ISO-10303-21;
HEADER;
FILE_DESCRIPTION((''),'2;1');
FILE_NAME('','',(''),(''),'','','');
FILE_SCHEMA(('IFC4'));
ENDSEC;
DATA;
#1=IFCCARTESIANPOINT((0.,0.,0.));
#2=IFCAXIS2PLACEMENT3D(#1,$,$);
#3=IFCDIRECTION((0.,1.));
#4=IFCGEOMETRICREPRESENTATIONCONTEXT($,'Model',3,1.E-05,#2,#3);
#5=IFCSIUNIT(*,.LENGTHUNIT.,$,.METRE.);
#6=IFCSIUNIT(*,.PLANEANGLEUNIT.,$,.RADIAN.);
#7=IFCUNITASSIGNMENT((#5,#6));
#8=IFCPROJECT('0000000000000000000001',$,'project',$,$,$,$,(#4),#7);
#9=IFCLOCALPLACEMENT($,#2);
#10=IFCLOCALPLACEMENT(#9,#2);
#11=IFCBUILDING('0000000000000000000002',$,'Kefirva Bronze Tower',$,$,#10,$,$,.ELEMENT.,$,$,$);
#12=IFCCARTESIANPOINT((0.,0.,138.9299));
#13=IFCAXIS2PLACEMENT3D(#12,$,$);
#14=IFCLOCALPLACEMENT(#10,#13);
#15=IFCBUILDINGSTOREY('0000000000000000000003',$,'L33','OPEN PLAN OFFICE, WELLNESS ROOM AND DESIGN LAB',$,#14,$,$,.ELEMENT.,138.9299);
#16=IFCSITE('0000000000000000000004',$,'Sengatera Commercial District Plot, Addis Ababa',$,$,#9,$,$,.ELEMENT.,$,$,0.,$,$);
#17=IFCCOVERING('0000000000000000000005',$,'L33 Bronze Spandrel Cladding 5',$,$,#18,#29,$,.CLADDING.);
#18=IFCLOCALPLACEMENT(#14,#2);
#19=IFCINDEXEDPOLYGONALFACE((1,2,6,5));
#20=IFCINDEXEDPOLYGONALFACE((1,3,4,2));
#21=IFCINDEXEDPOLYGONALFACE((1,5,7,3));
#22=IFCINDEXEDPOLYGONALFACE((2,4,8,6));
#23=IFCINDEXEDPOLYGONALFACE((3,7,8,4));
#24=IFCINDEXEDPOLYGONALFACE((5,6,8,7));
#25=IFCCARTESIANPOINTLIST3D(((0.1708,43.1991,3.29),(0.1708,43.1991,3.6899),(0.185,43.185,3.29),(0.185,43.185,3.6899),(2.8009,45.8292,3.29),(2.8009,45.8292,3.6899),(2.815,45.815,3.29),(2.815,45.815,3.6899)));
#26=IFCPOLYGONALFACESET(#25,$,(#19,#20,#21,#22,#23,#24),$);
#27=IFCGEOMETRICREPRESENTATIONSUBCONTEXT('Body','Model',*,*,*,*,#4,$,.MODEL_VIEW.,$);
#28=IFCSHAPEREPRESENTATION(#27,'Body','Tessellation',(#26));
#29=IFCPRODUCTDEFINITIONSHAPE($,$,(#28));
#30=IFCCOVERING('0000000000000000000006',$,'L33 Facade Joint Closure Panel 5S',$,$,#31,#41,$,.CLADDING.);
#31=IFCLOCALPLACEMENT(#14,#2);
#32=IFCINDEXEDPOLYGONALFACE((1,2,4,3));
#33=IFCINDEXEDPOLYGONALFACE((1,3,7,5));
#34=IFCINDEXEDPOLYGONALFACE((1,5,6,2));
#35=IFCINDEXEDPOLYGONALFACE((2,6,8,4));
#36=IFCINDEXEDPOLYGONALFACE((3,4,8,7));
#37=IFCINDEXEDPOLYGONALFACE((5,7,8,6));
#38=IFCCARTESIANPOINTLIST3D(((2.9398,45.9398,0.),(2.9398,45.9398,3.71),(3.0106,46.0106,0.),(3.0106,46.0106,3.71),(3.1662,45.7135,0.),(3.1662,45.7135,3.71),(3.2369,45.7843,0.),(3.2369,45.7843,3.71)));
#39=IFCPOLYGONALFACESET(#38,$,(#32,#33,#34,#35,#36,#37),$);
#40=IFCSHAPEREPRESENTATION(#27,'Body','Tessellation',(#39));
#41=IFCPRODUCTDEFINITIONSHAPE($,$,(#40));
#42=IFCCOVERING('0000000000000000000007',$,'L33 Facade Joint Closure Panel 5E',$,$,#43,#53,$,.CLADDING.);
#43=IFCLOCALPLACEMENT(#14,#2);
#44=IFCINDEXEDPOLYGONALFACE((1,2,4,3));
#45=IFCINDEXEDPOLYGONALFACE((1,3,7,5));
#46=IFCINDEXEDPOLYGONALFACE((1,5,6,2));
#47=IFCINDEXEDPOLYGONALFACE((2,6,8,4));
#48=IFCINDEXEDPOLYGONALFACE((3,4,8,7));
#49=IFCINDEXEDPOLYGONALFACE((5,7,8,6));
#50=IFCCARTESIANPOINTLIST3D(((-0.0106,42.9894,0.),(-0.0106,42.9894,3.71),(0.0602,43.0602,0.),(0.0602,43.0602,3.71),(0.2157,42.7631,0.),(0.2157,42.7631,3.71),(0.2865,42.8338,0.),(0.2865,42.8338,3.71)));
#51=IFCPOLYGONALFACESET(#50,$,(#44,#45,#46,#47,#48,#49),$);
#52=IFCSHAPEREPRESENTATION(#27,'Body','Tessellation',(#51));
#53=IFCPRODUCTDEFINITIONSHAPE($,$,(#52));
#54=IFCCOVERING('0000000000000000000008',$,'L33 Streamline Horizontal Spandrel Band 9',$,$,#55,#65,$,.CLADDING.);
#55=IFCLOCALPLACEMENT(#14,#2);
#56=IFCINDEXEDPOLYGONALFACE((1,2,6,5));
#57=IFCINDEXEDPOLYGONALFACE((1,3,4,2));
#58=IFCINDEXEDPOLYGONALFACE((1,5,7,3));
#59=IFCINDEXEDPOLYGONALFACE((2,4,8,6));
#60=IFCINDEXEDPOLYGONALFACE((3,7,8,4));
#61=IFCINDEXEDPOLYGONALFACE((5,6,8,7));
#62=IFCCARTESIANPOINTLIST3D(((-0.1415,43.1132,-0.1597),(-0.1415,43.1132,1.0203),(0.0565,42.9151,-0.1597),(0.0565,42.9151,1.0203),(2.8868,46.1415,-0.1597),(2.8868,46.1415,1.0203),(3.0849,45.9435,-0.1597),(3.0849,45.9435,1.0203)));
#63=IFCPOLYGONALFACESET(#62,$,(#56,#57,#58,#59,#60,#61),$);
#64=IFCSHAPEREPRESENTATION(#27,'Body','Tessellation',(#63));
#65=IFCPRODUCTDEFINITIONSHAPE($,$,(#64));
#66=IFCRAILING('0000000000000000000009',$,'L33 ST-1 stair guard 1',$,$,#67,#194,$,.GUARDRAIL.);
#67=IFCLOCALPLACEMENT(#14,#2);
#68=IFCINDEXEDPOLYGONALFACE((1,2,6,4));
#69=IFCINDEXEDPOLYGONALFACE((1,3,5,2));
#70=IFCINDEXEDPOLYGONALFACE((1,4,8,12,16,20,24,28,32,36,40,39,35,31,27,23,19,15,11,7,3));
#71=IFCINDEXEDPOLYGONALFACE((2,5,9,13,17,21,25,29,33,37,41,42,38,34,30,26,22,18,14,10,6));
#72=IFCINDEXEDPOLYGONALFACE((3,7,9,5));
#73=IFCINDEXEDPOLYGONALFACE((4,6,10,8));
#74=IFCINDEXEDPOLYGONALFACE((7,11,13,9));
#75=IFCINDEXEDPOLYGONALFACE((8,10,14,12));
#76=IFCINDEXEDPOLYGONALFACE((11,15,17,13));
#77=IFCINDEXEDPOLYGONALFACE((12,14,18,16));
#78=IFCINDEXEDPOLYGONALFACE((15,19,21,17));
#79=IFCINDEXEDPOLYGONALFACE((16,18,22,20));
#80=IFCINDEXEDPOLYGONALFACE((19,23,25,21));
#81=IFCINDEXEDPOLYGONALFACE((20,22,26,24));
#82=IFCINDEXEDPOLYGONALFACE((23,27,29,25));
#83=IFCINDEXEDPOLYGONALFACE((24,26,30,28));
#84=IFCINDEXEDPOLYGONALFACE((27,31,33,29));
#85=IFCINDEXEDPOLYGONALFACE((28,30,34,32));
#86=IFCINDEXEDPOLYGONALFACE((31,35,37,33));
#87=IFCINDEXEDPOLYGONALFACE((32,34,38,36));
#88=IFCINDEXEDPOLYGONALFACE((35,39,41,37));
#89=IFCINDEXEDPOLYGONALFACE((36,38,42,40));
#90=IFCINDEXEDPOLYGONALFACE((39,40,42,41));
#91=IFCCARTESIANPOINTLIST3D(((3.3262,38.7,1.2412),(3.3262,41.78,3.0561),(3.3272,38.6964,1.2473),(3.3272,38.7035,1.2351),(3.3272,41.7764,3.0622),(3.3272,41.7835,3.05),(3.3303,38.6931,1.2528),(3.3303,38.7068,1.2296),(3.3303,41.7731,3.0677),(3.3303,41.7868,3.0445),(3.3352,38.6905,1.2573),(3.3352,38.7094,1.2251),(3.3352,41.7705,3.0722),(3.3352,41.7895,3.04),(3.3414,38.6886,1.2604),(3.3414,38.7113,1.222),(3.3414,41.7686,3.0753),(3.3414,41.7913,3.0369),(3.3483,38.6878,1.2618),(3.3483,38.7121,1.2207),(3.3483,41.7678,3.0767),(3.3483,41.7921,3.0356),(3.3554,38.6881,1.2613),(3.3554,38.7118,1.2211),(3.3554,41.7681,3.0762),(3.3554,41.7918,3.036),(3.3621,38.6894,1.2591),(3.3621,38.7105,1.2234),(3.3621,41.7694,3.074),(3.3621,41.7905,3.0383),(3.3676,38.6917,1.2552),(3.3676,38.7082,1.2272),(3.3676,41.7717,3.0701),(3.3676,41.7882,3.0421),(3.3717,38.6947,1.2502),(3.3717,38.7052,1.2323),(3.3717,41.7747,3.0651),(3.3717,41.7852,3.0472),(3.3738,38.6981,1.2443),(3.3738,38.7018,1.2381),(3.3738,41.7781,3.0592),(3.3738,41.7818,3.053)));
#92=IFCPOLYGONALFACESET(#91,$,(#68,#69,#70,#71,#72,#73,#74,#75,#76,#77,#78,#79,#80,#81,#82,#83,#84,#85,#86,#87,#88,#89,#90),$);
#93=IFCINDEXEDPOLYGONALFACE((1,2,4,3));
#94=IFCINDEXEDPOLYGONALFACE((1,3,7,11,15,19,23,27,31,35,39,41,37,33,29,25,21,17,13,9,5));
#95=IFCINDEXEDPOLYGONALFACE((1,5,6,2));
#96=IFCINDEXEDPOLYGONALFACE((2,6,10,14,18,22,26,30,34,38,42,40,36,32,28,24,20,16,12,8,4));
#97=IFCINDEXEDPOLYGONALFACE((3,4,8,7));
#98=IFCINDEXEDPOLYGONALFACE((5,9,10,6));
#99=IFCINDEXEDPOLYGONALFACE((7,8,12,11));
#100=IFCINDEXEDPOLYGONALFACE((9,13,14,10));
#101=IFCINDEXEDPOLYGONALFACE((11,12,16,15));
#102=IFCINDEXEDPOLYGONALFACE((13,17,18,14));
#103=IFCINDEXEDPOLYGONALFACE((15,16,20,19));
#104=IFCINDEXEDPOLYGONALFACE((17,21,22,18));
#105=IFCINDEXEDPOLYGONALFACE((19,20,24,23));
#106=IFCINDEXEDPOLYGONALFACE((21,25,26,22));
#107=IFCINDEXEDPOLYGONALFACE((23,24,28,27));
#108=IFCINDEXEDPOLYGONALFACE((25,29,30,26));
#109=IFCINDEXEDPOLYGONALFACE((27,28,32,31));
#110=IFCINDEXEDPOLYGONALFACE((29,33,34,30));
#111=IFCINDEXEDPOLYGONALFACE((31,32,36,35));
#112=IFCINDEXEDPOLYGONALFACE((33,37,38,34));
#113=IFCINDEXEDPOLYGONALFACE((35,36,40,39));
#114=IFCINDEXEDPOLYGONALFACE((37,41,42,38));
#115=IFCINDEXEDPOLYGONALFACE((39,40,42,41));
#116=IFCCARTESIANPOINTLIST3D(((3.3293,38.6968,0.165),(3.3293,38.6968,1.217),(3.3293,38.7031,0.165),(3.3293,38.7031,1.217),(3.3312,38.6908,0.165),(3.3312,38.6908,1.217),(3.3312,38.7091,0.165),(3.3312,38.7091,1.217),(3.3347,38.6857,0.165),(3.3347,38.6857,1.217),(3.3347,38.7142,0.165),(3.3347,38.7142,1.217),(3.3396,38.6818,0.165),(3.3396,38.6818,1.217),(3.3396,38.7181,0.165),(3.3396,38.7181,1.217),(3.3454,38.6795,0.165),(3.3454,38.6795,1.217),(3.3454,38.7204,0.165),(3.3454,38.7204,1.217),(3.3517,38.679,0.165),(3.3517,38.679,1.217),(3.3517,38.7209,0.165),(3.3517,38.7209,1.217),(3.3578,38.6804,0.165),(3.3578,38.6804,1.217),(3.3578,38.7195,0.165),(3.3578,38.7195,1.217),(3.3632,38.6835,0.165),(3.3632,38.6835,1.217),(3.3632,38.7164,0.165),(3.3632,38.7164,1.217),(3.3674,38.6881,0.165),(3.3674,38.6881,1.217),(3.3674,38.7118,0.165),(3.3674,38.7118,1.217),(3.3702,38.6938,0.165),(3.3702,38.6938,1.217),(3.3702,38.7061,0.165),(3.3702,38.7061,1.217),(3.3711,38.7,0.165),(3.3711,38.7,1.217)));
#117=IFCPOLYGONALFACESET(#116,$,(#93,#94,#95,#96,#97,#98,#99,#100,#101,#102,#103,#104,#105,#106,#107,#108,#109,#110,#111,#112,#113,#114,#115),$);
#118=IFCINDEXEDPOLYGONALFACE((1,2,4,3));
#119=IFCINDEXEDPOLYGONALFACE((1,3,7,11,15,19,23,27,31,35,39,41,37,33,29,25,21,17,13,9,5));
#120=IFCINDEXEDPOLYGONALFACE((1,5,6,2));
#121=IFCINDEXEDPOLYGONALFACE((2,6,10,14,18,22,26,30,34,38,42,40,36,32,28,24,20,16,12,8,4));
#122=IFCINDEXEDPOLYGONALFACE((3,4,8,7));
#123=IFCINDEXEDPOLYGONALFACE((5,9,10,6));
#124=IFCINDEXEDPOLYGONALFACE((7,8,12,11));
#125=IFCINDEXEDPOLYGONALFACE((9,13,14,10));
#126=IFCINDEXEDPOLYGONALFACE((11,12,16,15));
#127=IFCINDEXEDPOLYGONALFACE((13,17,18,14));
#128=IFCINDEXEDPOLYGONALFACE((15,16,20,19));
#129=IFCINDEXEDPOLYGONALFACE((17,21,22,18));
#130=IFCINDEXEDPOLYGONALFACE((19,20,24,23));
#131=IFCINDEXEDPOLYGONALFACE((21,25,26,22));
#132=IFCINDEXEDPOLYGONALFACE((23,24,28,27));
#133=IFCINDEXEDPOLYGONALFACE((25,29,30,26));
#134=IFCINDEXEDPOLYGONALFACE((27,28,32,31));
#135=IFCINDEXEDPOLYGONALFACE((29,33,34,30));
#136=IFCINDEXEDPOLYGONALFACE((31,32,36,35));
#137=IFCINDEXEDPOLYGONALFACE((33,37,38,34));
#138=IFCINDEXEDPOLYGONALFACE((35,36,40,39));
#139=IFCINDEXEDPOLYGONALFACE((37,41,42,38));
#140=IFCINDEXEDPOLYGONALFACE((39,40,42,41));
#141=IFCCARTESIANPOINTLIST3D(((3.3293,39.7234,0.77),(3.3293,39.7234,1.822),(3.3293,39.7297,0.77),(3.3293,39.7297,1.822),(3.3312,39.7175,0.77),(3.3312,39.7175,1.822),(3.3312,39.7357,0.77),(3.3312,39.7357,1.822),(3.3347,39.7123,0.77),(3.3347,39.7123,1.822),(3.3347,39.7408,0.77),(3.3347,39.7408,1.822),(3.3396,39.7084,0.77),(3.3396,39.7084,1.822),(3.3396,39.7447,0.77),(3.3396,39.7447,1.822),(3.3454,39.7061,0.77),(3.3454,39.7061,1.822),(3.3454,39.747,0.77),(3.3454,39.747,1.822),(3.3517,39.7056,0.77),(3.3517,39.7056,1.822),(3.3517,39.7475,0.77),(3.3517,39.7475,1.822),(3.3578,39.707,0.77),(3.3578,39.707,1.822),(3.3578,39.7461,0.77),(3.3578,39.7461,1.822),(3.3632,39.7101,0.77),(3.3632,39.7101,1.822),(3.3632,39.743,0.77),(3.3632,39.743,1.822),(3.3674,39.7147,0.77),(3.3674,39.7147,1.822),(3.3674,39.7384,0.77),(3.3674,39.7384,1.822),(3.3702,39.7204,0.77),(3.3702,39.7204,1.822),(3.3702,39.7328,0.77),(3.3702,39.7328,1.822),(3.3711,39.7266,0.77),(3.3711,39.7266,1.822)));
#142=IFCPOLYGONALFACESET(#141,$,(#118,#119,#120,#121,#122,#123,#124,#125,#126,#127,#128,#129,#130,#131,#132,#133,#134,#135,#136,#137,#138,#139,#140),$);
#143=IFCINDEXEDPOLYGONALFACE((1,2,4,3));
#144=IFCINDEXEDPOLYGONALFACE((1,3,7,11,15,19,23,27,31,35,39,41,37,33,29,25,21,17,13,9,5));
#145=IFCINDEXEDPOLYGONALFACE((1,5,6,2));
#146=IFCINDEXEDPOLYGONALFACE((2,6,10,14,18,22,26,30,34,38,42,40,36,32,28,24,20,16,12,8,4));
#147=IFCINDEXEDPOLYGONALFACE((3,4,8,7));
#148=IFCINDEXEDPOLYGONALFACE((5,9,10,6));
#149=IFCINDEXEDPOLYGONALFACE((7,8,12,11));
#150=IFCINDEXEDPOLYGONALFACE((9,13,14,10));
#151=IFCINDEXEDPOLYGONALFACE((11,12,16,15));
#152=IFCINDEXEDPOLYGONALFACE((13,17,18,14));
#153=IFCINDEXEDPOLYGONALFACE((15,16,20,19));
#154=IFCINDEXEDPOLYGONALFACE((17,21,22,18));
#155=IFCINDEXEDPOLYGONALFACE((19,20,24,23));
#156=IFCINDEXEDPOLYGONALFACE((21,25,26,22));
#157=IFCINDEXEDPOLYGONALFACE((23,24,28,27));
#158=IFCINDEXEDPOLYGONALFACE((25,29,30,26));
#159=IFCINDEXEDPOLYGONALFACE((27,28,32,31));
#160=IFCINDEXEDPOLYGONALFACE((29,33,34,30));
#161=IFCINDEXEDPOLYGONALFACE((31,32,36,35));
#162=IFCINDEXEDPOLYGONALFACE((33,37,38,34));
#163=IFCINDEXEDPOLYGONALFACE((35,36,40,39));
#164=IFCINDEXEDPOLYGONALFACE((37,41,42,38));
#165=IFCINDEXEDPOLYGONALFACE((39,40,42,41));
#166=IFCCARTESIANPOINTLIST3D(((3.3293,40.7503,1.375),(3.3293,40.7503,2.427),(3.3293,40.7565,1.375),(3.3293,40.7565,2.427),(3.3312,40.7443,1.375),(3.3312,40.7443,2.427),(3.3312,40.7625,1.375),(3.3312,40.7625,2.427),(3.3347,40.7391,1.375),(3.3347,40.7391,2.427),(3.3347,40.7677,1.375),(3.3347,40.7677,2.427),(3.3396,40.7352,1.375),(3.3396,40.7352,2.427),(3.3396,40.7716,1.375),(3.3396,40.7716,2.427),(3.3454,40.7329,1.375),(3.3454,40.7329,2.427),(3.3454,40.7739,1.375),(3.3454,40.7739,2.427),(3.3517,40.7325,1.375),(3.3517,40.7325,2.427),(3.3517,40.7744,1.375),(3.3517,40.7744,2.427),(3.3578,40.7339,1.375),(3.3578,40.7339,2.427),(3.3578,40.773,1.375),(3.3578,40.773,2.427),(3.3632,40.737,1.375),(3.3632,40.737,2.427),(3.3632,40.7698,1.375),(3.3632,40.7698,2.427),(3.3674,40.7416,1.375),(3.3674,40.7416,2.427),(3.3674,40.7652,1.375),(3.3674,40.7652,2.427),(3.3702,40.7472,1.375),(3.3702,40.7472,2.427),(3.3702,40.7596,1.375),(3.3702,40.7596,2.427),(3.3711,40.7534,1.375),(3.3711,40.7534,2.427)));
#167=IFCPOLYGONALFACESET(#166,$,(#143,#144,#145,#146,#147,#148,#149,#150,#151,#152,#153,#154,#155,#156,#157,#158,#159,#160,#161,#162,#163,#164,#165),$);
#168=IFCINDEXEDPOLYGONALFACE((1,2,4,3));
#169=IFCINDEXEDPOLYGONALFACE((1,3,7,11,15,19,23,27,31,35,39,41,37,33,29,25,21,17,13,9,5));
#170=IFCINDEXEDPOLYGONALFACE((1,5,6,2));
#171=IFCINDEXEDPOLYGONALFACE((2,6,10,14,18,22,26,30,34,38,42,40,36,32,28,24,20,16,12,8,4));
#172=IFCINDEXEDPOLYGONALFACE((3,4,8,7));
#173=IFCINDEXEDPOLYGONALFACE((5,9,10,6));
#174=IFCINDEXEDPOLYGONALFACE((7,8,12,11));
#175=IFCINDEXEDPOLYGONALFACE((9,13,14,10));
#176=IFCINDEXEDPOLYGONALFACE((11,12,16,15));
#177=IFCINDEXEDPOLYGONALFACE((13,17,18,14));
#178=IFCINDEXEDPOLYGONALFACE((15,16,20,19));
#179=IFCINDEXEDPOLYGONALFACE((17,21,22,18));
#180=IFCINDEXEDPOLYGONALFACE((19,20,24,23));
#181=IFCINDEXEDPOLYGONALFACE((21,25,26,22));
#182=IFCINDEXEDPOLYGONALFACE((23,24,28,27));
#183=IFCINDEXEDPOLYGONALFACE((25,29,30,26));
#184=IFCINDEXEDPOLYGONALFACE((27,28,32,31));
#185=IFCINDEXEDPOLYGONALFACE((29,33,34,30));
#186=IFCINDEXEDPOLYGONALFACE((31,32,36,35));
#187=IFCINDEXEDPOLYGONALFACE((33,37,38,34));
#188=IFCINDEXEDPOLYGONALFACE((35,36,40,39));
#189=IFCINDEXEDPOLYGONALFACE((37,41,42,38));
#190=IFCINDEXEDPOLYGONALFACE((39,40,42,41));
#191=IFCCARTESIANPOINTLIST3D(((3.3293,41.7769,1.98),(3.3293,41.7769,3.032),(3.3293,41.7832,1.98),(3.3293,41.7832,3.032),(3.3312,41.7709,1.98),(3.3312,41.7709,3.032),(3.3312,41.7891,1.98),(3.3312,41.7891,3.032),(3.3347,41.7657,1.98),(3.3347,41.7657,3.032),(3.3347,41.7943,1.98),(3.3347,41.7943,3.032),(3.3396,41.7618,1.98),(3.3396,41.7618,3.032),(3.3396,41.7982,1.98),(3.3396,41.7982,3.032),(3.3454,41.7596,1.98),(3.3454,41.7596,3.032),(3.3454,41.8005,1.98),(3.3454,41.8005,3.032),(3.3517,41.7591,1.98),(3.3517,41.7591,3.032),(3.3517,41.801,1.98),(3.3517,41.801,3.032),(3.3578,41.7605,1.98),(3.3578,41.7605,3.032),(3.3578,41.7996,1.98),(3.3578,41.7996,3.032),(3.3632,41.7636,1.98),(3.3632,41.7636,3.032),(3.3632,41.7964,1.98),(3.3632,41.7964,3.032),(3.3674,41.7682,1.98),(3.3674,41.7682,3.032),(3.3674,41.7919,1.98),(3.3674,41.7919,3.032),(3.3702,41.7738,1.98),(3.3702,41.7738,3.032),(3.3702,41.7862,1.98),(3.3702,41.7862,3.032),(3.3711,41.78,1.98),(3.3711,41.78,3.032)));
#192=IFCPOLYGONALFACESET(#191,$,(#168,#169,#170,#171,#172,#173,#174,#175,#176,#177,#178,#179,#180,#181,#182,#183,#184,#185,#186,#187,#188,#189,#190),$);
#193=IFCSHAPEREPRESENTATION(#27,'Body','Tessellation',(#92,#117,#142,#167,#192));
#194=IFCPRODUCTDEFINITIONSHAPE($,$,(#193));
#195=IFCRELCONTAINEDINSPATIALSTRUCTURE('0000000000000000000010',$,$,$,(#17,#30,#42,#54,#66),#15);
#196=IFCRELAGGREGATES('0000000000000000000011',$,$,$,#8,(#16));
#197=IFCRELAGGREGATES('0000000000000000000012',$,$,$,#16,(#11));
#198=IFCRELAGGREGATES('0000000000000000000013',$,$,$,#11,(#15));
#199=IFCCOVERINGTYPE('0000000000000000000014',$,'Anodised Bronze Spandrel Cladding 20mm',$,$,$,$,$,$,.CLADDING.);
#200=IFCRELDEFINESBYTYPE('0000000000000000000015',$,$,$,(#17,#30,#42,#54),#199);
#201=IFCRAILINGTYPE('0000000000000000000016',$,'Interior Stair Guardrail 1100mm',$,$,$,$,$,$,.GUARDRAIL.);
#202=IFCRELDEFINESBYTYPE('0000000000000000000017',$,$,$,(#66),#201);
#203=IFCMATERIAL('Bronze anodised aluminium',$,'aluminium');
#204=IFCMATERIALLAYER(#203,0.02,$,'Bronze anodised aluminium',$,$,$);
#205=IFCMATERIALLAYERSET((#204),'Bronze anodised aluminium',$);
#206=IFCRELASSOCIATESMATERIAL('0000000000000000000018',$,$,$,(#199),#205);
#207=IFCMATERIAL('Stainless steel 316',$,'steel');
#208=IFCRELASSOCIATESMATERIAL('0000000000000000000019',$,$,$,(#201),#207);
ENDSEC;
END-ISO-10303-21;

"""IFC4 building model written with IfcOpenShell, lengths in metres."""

from ifc_helpers import new_model, si_unit, direction, frame, origin, origin_2d, place, context, subcontext, project, spatial, rectangle, circle, extrude, material, layer, layer_set, type_object, element, save


model = new_model("IFC4")

# Units and contexts
model_context = context("Model", 3, precision=1e-05, world=origin(), true_north=direction((0.0, 1.0)))
body_context = subcontext(model_context, "Body", "Model", "MODEL_VIEW")
ifc_project = project(units=[si_unit("LENGTHUNIT", "METRE"), si_unit("PLANEANGLEUNIT", "RADIAN")], contexts=[model_context])

# Site, building, storey
site_placement = place(None, origin())
site = spatial("IfcSite", under=ifc_project, at=site_placement, Name="Sengatera Commercial District Plot, Addis Ababa", CompositionType="ELEMENT", RefElevation=0.0)
building_placement = place(site_placement, origin())
building = spatial("IfcBuilding", under=site, at=building_placement, Name="Kefirva Bronze Tower", CompositionType="ELEMENT")
storey_placement = place(building_placement, frame((0.0, 0.0, 138.9299)))
storey = spatial("IfcBuildingStorey", under=building, at=storey_placement, Name="L33", Description="OPEN PLAN OFFICE, WELLNESS ROOM AND DESIGN LAB", CompositionType="ELEMENT", Elevation=138.9299)

# Shared definitions
ifc_material_1 = material(Name="Bronze anodised aluminium", Category="aluminium")

# Coverings
ifc_layer_1 = layer(ifc_material_1, 0.02, Name="Bronze anodised aluminium")
ifc_layer_set_1 = layer_set([ifc_layer_1], Name="Bronze anodised aluminium")
covering_type_1 = type_object("IfcCoveringType", Name="Anodised Bronze Spandrel Cladding 20mm", PredefinedType="CLADDING", material=ifc_layer_set_1)
covering_1_placement = place(storey_placement, frame((1.4929, 44.5071, 3.29), z_axis=(0.0, 0.0, 1.0), x_axis=(-0.707107, -0.707107, 0.0)))
element("IfcCovering", 1, at=covering_1_placement, inside=storey, type_object=covering_type_1, Name="L33 Bronze Spandrel Cladding 5", PredefinedType="CLADDING", context=body_context, shape_type="SweptSolid", body=[
    extrude(rectangle(XDim=3.7195, YDim=0.02, at=origin_2d()), origin(), (0.0, 0.0, 1.0), 0.3999),
])
for number, where, z_axis, x_axis, name in (
    (2, (3.0884, 45.8621, 0.0), (0.0, 0.0, 1.0), (-0.707107, -0.707107, 0.0), "L33 Facade Joint Closure Panel 5S"),
    (3, (0.1379, 42.9116, 0.0), (0.0, 0.0, 1.0), (-0.707107, -0.707107, 0.0), "L33 Facade Joint Closure Panel 5E"),
):
    element("IfcCovering", number, at=place(storey_placement, frame(where, z_axis=z_axis, x_axis=x_axis)), inside=storey, type_object=covering_type_1, Name=name, PredefinedType="CLADDING", context=body_context, shape_type="SweptSolid", body=[
        extrude(rectangle(XDim=0.1001, YDim=0.3201, at=origin_2d()), origin(), (0.0, 0.0, 1.0), 3.71),
    ])
covering_2_placement = place(storey_placement, frame((1.4717, 44.5283, -0.1597), z_axis=(0.0, 0.0, 1.0), x_axis=(-0.707107, -0.707107, 0.0)))
element("IfcCovering", 4, at=covering_2_placement, inside=storey, type_object=covering_type_1, Name="L33 Streamline Horizontal Spandrel Band 9", PredefinedType="CLADDING", context=body_context, shape_type="SweptSolid", body=[
    extrude(rectangle(XDim=4.2827, YDim=0.28, at=origin_2d()), origin(), (0.0, 0.0, 1.0), 1.1799),
])

# Railing
ifc_material_2 = material(Name="Stainless steel 316", Category="steel")
railing_type_1 = type_object("IfcRailingType", Name="Interior Stair Guardrail 1100mm", PredefinedType="GUARDRAIL", material=ifc_material_2)
railing_1_placement = place(storey_placement, frame((3.3501, 38.7, 0.165)))
element("IfcRailing", 5, at=railing_1_placement, inside=storey, type_object=railing_type_1, Name="L33 ST-1 stair guard 1", PredefinedType="GUARDRAIL", context=body_context, shape_type="SweptSolid", body=[
    extrude(circle(Radius=0.0239, at=origin_2d()), frame((0.0, 0.0, 1.0762), z_axis=(0.0, 0.861551, 0.507671), x_axis=(-1.0, 0.0, 0.0)), (0.0, 0.0, 1.0), 3.575),
    extrude(circle(Radius=0.021, at=origin_2d()), origin(), (0.0, 0.0, 1.0), 1.052),
    extrude(circle(Radius=0.021, at=origin_2d()), frame((0.0, 1.0266, 0.605)), (0.0, 0.0, 1.0), 1.052),
    extrude(circle(Radius=0.021, at=origin_2d()), frame((0.0, 2.0535, 1.21)), (0.0, 0.0, 1.0), 1.052),
    extrude(circle(Radius=0.021, at=origin_2d()), frame((0.0, 3.0801, 1.8149)), (0.0, 0.0, 1.0), 1.052),
])

save(model, "model.ifc")
